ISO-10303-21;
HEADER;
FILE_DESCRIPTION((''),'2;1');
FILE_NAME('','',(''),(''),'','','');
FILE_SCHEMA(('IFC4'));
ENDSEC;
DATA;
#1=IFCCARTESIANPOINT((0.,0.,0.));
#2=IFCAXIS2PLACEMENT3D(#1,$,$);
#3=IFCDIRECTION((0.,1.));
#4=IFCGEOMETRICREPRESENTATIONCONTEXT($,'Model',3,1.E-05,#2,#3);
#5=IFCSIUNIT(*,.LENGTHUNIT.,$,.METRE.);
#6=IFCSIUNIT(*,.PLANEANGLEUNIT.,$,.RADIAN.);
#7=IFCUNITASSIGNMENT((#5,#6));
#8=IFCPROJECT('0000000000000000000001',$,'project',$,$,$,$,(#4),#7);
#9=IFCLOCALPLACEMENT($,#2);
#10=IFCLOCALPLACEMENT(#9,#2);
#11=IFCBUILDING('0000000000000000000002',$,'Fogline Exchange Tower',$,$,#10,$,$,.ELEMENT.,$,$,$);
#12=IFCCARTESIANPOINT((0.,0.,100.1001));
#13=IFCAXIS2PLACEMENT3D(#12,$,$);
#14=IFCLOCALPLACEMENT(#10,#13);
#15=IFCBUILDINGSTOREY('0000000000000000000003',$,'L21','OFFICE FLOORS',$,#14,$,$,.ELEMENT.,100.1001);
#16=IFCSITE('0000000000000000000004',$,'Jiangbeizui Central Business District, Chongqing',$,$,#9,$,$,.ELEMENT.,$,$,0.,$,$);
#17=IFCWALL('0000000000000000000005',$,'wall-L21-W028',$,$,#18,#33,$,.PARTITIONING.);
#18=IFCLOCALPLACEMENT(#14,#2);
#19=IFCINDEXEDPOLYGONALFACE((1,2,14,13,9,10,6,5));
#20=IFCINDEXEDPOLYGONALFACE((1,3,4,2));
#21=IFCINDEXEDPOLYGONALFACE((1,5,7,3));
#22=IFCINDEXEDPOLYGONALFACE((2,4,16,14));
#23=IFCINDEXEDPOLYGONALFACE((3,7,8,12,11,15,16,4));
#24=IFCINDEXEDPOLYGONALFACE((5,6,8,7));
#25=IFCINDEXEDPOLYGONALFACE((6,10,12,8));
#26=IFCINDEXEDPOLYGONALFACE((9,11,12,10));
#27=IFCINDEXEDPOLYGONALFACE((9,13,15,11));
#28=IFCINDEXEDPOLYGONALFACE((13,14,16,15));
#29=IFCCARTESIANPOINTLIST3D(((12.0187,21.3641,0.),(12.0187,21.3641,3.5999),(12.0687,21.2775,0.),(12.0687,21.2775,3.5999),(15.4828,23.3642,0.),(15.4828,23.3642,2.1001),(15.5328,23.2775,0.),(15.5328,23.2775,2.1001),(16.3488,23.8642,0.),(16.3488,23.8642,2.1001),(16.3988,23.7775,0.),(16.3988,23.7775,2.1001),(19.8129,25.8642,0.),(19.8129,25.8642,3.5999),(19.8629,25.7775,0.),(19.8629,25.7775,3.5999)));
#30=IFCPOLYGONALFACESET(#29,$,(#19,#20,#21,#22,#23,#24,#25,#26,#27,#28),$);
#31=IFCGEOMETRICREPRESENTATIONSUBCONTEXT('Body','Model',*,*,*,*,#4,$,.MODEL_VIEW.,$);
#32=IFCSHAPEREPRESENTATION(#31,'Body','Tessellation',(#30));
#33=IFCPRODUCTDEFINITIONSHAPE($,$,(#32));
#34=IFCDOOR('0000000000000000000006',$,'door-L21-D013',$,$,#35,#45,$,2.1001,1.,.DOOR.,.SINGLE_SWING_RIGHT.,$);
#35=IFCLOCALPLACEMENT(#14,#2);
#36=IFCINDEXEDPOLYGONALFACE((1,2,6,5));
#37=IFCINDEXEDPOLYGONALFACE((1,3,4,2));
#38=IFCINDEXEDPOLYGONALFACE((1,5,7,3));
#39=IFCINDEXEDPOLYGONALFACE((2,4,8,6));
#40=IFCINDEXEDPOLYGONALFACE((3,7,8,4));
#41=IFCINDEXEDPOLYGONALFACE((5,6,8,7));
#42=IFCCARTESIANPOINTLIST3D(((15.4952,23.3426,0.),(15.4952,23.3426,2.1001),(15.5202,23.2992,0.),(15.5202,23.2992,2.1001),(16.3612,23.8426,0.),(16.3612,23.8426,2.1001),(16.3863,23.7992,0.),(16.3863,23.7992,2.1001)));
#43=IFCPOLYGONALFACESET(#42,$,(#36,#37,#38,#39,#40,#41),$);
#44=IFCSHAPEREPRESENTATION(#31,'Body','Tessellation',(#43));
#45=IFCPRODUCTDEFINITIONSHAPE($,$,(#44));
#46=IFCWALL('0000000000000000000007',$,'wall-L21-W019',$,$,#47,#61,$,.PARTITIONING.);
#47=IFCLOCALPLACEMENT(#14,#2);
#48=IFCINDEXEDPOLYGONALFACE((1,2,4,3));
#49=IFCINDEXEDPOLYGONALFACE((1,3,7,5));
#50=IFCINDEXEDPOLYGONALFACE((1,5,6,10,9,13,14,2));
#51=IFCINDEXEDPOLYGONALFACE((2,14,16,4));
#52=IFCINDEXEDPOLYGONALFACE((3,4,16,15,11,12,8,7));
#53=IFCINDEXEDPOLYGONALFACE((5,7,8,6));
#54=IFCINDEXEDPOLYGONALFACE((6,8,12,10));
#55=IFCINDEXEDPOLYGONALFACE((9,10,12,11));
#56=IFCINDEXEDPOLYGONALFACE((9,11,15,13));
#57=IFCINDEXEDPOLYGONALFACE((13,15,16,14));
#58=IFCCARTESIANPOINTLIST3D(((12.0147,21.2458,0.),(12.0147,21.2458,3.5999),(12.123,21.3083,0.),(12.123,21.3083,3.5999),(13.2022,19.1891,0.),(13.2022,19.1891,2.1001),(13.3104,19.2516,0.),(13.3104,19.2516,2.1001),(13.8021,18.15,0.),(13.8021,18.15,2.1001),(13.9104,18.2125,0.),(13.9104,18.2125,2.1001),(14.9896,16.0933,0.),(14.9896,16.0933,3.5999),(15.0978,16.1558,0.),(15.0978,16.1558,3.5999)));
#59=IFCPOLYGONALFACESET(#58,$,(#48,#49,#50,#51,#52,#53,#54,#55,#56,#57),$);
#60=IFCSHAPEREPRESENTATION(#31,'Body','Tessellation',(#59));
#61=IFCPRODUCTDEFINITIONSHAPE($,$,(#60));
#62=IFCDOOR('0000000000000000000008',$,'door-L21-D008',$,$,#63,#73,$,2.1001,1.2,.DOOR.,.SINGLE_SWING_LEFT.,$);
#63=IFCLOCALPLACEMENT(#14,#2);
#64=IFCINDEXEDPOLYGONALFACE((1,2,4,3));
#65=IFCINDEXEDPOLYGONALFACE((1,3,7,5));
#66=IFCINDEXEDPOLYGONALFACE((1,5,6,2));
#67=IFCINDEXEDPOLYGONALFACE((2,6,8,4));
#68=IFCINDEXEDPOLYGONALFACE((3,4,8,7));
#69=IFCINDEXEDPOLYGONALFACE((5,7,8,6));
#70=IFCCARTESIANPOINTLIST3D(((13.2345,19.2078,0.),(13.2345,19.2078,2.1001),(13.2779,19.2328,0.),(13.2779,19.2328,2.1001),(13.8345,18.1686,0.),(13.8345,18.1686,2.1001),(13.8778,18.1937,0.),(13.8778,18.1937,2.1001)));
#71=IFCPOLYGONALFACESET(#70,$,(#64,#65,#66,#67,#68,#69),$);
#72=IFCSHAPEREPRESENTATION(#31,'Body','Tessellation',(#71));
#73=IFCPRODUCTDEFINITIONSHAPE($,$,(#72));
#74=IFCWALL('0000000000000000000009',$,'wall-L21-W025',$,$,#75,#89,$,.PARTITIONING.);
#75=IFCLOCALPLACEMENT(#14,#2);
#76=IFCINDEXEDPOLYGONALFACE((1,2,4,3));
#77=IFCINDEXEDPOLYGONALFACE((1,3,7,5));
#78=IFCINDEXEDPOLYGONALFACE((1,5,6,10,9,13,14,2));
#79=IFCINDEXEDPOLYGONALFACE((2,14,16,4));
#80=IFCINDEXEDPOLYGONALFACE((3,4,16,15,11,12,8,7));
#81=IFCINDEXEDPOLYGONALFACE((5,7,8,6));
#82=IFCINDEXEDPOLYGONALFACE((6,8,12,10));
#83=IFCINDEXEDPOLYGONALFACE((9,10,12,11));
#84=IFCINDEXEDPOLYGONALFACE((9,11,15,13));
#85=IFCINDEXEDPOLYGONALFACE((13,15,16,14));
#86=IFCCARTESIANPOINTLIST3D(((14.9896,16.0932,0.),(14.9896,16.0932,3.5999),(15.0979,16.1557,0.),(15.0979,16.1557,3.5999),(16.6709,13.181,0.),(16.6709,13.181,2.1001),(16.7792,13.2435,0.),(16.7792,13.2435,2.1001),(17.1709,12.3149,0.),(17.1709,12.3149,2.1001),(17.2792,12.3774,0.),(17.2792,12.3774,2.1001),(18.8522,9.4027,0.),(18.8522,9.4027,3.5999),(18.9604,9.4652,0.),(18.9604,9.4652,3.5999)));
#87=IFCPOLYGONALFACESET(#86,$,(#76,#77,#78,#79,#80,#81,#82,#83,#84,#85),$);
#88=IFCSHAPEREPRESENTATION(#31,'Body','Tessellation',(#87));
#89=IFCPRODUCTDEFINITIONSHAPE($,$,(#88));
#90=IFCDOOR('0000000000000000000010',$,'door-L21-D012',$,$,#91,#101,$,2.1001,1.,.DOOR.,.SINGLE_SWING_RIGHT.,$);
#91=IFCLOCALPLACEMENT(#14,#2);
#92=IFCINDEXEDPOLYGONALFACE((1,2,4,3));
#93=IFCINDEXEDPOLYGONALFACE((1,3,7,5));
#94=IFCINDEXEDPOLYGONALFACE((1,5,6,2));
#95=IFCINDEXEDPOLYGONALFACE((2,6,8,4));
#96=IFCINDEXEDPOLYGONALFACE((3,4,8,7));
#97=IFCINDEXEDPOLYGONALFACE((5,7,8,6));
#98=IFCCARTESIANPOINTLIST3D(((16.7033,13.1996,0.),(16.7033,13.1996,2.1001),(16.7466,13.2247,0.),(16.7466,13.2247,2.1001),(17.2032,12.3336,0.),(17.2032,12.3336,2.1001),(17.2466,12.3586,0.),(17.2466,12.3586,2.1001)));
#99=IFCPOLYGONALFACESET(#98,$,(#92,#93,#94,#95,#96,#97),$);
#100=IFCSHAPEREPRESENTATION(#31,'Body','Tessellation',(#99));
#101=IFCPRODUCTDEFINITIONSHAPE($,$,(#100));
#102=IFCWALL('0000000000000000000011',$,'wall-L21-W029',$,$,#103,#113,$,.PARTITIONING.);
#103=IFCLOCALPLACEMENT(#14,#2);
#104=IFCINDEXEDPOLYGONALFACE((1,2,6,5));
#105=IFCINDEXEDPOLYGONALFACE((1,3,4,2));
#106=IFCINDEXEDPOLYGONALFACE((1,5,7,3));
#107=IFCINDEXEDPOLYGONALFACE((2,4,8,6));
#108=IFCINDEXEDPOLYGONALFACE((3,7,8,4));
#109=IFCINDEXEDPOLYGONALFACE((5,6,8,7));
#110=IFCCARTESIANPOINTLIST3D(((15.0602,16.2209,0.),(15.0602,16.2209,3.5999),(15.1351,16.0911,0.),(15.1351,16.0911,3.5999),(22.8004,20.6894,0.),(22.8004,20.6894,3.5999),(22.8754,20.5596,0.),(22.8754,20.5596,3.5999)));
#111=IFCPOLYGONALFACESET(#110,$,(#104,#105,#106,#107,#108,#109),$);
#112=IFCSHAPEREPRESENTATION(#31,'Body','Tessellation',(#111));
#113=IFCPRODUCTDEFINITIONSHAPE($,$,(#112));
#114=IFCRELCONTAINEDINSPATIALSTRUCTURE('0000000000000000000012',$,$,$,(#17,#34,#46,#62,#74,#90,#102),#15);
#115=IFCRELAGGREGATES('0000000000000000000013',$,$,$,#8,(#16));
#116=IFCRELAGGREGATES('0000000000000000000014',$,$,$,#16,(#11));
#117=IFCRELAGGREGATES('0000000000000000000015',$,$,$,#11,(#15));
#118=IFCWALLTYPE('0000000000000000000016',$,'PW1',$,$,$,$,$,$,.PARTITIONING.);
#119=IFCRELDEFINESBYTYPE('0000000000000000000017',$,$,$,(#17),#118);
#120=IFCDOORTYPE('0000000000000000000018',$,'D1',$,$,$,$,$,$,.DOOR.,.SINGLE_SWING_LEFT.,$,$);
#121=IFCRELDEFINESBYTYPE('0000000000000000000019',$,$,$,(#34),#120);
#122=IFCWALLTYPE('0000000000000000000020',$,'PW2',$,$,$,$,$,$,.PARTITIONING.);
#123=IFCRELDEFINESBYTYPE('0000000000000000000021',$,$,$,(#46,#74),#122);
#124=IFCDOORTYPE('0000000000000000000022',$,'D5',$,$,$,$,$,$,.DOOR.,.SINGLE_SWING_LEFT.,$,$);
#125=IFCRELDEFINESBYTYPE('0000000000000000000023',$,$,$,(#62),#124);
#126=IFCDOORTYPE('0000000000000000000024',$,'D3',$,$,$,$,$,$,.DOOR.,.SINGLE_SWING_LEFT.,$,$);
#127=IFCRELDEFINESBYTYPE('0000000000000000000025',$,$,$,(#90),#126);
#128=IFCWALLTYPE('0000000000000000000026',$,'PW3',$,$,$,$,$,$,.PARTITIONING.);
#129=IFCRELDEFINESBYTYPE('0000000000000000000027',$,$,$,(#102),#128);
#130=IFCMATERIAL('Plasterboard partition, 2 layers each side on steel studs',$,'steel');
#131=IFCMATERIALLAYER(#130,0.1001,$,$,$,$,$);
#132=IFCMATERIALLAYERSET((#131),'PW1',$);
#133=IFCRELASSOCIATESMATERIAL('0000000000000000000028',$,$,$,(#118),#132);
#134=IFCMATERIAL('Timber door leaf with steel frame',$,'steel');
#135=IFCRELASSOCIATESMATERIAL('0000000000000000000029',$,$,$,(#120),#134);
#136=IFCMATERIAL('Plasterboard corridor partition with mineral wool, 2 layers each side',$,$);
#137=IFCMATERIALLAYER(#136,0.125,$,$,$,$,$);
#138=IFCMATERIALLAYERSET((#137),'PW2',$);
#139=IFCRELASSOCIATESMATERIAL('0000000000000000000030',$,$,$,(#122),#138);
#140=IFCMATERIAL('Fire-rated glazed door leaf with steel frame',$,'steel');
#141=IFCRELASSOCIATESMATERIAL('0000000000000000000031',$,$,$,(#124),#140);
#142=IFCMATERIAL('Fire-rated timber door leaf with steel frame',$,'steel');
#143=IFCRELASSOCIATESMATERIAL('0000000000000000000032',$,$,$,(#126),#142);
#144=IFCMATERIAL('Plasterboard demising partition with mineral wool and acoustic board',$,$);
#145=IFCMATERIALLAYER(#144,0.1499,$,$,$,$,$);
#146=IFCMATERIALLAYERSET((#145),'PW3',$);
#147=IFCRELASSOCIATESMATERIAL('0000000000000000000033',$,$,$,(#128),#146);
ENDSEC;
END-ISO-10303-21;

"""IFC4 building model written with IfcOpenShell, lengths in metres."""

from ifc_helpers import new_model, si_unit, direction, frame, frame_2d, origin, place, context, subcontext, project, spatial, rectangle, extrude, material, layer, layer_set, type_object, element, fill, save


model = new_model("IFC4")

# Units and contexts
model_context = context("Model", 3, precision=1e-05, world=origin(), true_north=direction((0.0, 1.0)))
body_context = subcontext(model_context, "Body", "Model", "MODEL_VIEW")
ifc_project = project(units=[si_unit("LENGTHUNIT", "METRE"), si_unit("PLANEANGLEUNIT", "RADIAN")], contexts=[model_context])

# Site, building, storey
site_placement = place(None, origin())
site = spatial("IfcSite", under=ifc_project, at=site_placement, Name="Jiangbeizui Central Business District, Chongqing", CompositionType="ELEMENT", RefElevation=0.0)
building_placement = place(site_placement, origin())
building = spatial("IfcBuilding", under=site, at=building_placement, Name="Fogline Exchange Tower", CompositionType="ELEMENT")
storey_placement = place(building_placement, frame((0.0, 0.0, 100.1001)))
storey = spatial("IfcBuildingStorey", under=building, at=storey_placement, Name="L21", Description="OFFICE FLOORS", CompositionType="ELEMENT", Elevation=100.1001)

# Walls, openings, doors
ifc_material_1 = material(Name="Plasterboard partition, 2 layers each side on steel studs", Category="steel")
ifc_layer_1 = layer(ifc_material_1, 0.1001)
ifc_layer_set_1 = layer_set([ifc_layer_1], Name="PW1")
wall_type_1 = type_object("IfcWallType", Name="PW1", PredefinedType="PARTITIONING", material=ifc_layer_set_1)
wall_1_placement = place(storey_placement, frame((12.0437, 21.3208, 0.0), z_axis=(0.0, 0.0, 1.0), x_axis=(0.866024, 0.500002, 0.0)))
wall_1 = element("IfcWall", 1, at=wall_1_placement, inside=storey, type_object=wall_type_1, Name="wall-L21-W028", PredefinedType="PARTITIONING", context=body_context, shape_type="SweptSolid", body=[
    extrude(rectangle(XDim=9.0, YDim=0.1001, at=frame_2d((4.5, 0.0))), origin(), (0.0, 0.0, 1.0), 3.5999),
])
opening_1_placement = place(wall_1_placement, frame((4.0, 0.0, 0.0)))
opening_1 = element("IfcOpeningElement", 2, at=opening_1_placement, cuts=wall_1, PredefinedType="OPENING", context=body_context, shape_type="SweptSolid", body=[
    extrude(rectangle(XDim=1.0, YDim=2.1001, at=frame_2d((0.5, 1.05))), frame((0.0, 0.0601, 0.0), z_axis=(0.0, -1.0, 0.0), x_axis=(1.0, 0.0, 0.0)), (0.0, 0.0, 1.0), 0.1201),
])
ifc_material_2 = material(Name="Timber door leaf with steel frame", Category="steel")
door_type_1 = type_object("IfcDoorType", Name="D1", OperationType="SINGLE_SWING_LEFT", PredefinedType="DOOR", material=ifc_material_2)
door_1_placement = place(opening_1_placement, frame((1.0, 0.0, 0.0), z_axis=(0.0, 0.0, 1.0), x_axis=(-1.0, 0.0, 0.0)))
door_1 = element("IfcDoor", 3, at=door_1_placement, inside=storey, type_object=door_type_1, Name="door-L21-D013", OperationType="SINGLE_SWING_RIGHT", OverallHeight=2.1001, OverallWidth=1.0, PredefinedType="DOOR", context=body_context, shape_type="SweptSolid", body=[
    extrude(rectangle(XDim=1.0, YDim=2.1001, at=frame_2d((0.5, 1.05))), frame((0.0, 0.0249, 0.0), z_axis=(0.0, -1.0, 0.0), x_axis=(1.0, 0.0, 0.0)), (0.0, 0.0, 1.0), 0.05),
])
fill(opening_1, door_1)
ifc_material_3 = material(Name="Plasterboard corridor partition with mineral wool, 2 layers each side")
ifc_layer_2 = layer(ifc_material_3, 0.125)
ifc_layer_set_2 = layer_set([ifc_layer_2], Name="PW2")
wall_type_2 = type_object("IfcWallType", Name="PW2", PredefinedType="PARTITIONING", material=ifc_layer_set_2)
wall_2_placement = place(storey_placement, frame((12.0688, 21.2771, 0.0), z_axis=(0.0, 0.0, 1.0), x_axis=(0.500001, -0.866025, 0.0)))
wall_2 = element("IfcWall", 4, at=wall_2_placement, inside=storey, type_object=wall_type_2, Name="wall-L21-W019", PredefinedType="PARTITIONING", context=body_context, shape_type="SweptSolid", body=[
    extrude(rectangle(XDim=5.9497, YDim=0.125, at=frame_2d((2.9749, 0.0))), origin(), (0.0, 0.0, 1.0), 3.5999),
])
opening_2_placement = place(wall_2_placement, frame((2.3748, 0.0, 0.0)))
opening_2 = element("IfcOpeningElement", 5, at=opening_2_placement, cuts=wall_2, PredefinedType="OPENING", context=body_context, shape_type="SweptSolid", body=[
    extrude(rectangle(XDim=1.2, YDim=2.1001, at=frame_2d((0.6001, 1.05))), frame((0.0, 0.0725, 0.0), z_axis=(0.0, -1.0, 0.0), x_axis=(1.0, 0.0, 0.0)), (0.0, 0.0, 1.0), 0.145),
])
ifc_material_4 = material(Name="Fire-rated glazed door leaf with steel frame", Category="steel")
door_type_2 = type_object("IfcDoorType", Name="D5", OperationType="SINGLE_SWING_LEFT", PredefinedType="DOOR", material=ifc_material_4)
door_2_placement = place(opening_2_placement, origin())
door_2 = element("IfcDoor", 6, at=door_2_placement, inside=storey, type_object=door_type_2, Name="door-L21-D008", OperationType="SINGLE_SWING_LEFT", OverallHeight=2.1001, OverallWidth=1.2, PredefinedType="DOOR", context=body_context, shape_type="SweptSolid", body=[
    extrude(rectangle(XDim=1.2, YDim=2.1001, at=frame_2d((0.6001, 1.05))), frame((0.0, 0.0249, 0.0), z_axis=(0.0, -1.0, 0.0), x_axis=(1.0, 0.0, 0.0)), (0.0, 0.0, 1.0), 0.05),
])
fill(opening_2, door_2)
wall_3_placement = place(storey_placement, frame((15.0437, 16.1245, 0.0), z_axis=(0.0, 0.0, 1.0), x_axis=(0.499983, -0.866035, 0.0)))
wall_3 = element("IfcWall", 7, at=wall_3_placement, inside=storey, type_object=wall_type_2, Name="wall-L21-W025", PredefinedType="PARTITIONING", context=body_context, shape_type="SweptSolid", body=[
    extrude(rectangle(XDim=7.7253, YDim=0.125, at=frame_2d((3.8628, 0.0))), origin(), (0.0, 0.0, 1.0), 3.5999),
])
opening_3_placement = place(wall_3_placement, frame((3.3628, 0.0, 0.0)))
opening_3 = element("IfcOpeningElement", 8, at=opening_3_placement, cuts=wall_3, PredefinedType="OPENING", context=body_context, shape_type="SweptSolid", body=[
    extrude(rectangle(XDim=1.0, YDim=2.1001, at=frame_2d((0.5, 1.05))), frame((0.0, 0.0725, 0.0), z_axis=(0.0, -1.0, 0.0), x_axis=(1.0, 0.0, 0.0)), (0.0, 0.0, 1.0), 0.145),
])
ifc_material_5 = material(Name="Fire-rated timber door leaf with steel frame", Category="steel")
door_type_3 = type_object("IfcDoorType", Name="D3", OperationType="SINGLE_SWING_LEFT", PredefinedType="DOOR", material=ifc_material_5)
door_3_placement = place(opening_3_placement, origin())
door_3 = element("IfcDoor", 9, at=door_3_placement, inside=storey, type_object=door_type_3, Name="door-L21-D012", OperationType="SINGLE_SWING_RIGHT", OverallHeight=2.1001, OverallWidth=1.0, PredefinedType="DOOR", context=body_context, shape_type="SweptSolid", body=[
    extrude(rectangle(XDim=1.0, YDim=2.1001, at=frame_2d((0.5, 1.05))), frame((0.0, 0.0249, 0.0), z_axis=(0.0, -1.0, 0.0), x_axis=(1.0, 0.0, 0.0)), (0.0, 0.0, 1.0), 0.05),
])
fill(opening_3, door_3)

# Wall
ifc_material_6 = material(Name="Plasterboard demising partition with mineral wool and acoustic board")
ifc_layer_3 = layer(ifc_material_6, 0.1499)
ifc_layer_set_3 = layer_set([ifc_layer_3], Name="PW3")
wall_type_3 = type_object("IfcWallType", Name="PW3", PredefinedType="PARTITIONING", material=ifc_layer_set_3)
wall_4_placement = place(storey_placement, frame((22.8379, 20.6245, 0.0), z_axis=(0.0, 0.0, 1.0), x_axis=(-0.866041, -0.499973, 0.0)))
element("IfcWall", 10, at=wall_4_placement, inside=storey, type_object=wall_type_3, Name="wall-L21-W029", PredefinedType="PARTITIONING", context=body_context, shape_type="SweptSolid", body=[
    extrude(rectangle(XDim=8.9375, YDim=0.1499, at=frame_2d((4.4688, 0.0))), origin(), (0.0, 0.0, 1.0), 3.5999),
])

save(model, "model.ifc")
